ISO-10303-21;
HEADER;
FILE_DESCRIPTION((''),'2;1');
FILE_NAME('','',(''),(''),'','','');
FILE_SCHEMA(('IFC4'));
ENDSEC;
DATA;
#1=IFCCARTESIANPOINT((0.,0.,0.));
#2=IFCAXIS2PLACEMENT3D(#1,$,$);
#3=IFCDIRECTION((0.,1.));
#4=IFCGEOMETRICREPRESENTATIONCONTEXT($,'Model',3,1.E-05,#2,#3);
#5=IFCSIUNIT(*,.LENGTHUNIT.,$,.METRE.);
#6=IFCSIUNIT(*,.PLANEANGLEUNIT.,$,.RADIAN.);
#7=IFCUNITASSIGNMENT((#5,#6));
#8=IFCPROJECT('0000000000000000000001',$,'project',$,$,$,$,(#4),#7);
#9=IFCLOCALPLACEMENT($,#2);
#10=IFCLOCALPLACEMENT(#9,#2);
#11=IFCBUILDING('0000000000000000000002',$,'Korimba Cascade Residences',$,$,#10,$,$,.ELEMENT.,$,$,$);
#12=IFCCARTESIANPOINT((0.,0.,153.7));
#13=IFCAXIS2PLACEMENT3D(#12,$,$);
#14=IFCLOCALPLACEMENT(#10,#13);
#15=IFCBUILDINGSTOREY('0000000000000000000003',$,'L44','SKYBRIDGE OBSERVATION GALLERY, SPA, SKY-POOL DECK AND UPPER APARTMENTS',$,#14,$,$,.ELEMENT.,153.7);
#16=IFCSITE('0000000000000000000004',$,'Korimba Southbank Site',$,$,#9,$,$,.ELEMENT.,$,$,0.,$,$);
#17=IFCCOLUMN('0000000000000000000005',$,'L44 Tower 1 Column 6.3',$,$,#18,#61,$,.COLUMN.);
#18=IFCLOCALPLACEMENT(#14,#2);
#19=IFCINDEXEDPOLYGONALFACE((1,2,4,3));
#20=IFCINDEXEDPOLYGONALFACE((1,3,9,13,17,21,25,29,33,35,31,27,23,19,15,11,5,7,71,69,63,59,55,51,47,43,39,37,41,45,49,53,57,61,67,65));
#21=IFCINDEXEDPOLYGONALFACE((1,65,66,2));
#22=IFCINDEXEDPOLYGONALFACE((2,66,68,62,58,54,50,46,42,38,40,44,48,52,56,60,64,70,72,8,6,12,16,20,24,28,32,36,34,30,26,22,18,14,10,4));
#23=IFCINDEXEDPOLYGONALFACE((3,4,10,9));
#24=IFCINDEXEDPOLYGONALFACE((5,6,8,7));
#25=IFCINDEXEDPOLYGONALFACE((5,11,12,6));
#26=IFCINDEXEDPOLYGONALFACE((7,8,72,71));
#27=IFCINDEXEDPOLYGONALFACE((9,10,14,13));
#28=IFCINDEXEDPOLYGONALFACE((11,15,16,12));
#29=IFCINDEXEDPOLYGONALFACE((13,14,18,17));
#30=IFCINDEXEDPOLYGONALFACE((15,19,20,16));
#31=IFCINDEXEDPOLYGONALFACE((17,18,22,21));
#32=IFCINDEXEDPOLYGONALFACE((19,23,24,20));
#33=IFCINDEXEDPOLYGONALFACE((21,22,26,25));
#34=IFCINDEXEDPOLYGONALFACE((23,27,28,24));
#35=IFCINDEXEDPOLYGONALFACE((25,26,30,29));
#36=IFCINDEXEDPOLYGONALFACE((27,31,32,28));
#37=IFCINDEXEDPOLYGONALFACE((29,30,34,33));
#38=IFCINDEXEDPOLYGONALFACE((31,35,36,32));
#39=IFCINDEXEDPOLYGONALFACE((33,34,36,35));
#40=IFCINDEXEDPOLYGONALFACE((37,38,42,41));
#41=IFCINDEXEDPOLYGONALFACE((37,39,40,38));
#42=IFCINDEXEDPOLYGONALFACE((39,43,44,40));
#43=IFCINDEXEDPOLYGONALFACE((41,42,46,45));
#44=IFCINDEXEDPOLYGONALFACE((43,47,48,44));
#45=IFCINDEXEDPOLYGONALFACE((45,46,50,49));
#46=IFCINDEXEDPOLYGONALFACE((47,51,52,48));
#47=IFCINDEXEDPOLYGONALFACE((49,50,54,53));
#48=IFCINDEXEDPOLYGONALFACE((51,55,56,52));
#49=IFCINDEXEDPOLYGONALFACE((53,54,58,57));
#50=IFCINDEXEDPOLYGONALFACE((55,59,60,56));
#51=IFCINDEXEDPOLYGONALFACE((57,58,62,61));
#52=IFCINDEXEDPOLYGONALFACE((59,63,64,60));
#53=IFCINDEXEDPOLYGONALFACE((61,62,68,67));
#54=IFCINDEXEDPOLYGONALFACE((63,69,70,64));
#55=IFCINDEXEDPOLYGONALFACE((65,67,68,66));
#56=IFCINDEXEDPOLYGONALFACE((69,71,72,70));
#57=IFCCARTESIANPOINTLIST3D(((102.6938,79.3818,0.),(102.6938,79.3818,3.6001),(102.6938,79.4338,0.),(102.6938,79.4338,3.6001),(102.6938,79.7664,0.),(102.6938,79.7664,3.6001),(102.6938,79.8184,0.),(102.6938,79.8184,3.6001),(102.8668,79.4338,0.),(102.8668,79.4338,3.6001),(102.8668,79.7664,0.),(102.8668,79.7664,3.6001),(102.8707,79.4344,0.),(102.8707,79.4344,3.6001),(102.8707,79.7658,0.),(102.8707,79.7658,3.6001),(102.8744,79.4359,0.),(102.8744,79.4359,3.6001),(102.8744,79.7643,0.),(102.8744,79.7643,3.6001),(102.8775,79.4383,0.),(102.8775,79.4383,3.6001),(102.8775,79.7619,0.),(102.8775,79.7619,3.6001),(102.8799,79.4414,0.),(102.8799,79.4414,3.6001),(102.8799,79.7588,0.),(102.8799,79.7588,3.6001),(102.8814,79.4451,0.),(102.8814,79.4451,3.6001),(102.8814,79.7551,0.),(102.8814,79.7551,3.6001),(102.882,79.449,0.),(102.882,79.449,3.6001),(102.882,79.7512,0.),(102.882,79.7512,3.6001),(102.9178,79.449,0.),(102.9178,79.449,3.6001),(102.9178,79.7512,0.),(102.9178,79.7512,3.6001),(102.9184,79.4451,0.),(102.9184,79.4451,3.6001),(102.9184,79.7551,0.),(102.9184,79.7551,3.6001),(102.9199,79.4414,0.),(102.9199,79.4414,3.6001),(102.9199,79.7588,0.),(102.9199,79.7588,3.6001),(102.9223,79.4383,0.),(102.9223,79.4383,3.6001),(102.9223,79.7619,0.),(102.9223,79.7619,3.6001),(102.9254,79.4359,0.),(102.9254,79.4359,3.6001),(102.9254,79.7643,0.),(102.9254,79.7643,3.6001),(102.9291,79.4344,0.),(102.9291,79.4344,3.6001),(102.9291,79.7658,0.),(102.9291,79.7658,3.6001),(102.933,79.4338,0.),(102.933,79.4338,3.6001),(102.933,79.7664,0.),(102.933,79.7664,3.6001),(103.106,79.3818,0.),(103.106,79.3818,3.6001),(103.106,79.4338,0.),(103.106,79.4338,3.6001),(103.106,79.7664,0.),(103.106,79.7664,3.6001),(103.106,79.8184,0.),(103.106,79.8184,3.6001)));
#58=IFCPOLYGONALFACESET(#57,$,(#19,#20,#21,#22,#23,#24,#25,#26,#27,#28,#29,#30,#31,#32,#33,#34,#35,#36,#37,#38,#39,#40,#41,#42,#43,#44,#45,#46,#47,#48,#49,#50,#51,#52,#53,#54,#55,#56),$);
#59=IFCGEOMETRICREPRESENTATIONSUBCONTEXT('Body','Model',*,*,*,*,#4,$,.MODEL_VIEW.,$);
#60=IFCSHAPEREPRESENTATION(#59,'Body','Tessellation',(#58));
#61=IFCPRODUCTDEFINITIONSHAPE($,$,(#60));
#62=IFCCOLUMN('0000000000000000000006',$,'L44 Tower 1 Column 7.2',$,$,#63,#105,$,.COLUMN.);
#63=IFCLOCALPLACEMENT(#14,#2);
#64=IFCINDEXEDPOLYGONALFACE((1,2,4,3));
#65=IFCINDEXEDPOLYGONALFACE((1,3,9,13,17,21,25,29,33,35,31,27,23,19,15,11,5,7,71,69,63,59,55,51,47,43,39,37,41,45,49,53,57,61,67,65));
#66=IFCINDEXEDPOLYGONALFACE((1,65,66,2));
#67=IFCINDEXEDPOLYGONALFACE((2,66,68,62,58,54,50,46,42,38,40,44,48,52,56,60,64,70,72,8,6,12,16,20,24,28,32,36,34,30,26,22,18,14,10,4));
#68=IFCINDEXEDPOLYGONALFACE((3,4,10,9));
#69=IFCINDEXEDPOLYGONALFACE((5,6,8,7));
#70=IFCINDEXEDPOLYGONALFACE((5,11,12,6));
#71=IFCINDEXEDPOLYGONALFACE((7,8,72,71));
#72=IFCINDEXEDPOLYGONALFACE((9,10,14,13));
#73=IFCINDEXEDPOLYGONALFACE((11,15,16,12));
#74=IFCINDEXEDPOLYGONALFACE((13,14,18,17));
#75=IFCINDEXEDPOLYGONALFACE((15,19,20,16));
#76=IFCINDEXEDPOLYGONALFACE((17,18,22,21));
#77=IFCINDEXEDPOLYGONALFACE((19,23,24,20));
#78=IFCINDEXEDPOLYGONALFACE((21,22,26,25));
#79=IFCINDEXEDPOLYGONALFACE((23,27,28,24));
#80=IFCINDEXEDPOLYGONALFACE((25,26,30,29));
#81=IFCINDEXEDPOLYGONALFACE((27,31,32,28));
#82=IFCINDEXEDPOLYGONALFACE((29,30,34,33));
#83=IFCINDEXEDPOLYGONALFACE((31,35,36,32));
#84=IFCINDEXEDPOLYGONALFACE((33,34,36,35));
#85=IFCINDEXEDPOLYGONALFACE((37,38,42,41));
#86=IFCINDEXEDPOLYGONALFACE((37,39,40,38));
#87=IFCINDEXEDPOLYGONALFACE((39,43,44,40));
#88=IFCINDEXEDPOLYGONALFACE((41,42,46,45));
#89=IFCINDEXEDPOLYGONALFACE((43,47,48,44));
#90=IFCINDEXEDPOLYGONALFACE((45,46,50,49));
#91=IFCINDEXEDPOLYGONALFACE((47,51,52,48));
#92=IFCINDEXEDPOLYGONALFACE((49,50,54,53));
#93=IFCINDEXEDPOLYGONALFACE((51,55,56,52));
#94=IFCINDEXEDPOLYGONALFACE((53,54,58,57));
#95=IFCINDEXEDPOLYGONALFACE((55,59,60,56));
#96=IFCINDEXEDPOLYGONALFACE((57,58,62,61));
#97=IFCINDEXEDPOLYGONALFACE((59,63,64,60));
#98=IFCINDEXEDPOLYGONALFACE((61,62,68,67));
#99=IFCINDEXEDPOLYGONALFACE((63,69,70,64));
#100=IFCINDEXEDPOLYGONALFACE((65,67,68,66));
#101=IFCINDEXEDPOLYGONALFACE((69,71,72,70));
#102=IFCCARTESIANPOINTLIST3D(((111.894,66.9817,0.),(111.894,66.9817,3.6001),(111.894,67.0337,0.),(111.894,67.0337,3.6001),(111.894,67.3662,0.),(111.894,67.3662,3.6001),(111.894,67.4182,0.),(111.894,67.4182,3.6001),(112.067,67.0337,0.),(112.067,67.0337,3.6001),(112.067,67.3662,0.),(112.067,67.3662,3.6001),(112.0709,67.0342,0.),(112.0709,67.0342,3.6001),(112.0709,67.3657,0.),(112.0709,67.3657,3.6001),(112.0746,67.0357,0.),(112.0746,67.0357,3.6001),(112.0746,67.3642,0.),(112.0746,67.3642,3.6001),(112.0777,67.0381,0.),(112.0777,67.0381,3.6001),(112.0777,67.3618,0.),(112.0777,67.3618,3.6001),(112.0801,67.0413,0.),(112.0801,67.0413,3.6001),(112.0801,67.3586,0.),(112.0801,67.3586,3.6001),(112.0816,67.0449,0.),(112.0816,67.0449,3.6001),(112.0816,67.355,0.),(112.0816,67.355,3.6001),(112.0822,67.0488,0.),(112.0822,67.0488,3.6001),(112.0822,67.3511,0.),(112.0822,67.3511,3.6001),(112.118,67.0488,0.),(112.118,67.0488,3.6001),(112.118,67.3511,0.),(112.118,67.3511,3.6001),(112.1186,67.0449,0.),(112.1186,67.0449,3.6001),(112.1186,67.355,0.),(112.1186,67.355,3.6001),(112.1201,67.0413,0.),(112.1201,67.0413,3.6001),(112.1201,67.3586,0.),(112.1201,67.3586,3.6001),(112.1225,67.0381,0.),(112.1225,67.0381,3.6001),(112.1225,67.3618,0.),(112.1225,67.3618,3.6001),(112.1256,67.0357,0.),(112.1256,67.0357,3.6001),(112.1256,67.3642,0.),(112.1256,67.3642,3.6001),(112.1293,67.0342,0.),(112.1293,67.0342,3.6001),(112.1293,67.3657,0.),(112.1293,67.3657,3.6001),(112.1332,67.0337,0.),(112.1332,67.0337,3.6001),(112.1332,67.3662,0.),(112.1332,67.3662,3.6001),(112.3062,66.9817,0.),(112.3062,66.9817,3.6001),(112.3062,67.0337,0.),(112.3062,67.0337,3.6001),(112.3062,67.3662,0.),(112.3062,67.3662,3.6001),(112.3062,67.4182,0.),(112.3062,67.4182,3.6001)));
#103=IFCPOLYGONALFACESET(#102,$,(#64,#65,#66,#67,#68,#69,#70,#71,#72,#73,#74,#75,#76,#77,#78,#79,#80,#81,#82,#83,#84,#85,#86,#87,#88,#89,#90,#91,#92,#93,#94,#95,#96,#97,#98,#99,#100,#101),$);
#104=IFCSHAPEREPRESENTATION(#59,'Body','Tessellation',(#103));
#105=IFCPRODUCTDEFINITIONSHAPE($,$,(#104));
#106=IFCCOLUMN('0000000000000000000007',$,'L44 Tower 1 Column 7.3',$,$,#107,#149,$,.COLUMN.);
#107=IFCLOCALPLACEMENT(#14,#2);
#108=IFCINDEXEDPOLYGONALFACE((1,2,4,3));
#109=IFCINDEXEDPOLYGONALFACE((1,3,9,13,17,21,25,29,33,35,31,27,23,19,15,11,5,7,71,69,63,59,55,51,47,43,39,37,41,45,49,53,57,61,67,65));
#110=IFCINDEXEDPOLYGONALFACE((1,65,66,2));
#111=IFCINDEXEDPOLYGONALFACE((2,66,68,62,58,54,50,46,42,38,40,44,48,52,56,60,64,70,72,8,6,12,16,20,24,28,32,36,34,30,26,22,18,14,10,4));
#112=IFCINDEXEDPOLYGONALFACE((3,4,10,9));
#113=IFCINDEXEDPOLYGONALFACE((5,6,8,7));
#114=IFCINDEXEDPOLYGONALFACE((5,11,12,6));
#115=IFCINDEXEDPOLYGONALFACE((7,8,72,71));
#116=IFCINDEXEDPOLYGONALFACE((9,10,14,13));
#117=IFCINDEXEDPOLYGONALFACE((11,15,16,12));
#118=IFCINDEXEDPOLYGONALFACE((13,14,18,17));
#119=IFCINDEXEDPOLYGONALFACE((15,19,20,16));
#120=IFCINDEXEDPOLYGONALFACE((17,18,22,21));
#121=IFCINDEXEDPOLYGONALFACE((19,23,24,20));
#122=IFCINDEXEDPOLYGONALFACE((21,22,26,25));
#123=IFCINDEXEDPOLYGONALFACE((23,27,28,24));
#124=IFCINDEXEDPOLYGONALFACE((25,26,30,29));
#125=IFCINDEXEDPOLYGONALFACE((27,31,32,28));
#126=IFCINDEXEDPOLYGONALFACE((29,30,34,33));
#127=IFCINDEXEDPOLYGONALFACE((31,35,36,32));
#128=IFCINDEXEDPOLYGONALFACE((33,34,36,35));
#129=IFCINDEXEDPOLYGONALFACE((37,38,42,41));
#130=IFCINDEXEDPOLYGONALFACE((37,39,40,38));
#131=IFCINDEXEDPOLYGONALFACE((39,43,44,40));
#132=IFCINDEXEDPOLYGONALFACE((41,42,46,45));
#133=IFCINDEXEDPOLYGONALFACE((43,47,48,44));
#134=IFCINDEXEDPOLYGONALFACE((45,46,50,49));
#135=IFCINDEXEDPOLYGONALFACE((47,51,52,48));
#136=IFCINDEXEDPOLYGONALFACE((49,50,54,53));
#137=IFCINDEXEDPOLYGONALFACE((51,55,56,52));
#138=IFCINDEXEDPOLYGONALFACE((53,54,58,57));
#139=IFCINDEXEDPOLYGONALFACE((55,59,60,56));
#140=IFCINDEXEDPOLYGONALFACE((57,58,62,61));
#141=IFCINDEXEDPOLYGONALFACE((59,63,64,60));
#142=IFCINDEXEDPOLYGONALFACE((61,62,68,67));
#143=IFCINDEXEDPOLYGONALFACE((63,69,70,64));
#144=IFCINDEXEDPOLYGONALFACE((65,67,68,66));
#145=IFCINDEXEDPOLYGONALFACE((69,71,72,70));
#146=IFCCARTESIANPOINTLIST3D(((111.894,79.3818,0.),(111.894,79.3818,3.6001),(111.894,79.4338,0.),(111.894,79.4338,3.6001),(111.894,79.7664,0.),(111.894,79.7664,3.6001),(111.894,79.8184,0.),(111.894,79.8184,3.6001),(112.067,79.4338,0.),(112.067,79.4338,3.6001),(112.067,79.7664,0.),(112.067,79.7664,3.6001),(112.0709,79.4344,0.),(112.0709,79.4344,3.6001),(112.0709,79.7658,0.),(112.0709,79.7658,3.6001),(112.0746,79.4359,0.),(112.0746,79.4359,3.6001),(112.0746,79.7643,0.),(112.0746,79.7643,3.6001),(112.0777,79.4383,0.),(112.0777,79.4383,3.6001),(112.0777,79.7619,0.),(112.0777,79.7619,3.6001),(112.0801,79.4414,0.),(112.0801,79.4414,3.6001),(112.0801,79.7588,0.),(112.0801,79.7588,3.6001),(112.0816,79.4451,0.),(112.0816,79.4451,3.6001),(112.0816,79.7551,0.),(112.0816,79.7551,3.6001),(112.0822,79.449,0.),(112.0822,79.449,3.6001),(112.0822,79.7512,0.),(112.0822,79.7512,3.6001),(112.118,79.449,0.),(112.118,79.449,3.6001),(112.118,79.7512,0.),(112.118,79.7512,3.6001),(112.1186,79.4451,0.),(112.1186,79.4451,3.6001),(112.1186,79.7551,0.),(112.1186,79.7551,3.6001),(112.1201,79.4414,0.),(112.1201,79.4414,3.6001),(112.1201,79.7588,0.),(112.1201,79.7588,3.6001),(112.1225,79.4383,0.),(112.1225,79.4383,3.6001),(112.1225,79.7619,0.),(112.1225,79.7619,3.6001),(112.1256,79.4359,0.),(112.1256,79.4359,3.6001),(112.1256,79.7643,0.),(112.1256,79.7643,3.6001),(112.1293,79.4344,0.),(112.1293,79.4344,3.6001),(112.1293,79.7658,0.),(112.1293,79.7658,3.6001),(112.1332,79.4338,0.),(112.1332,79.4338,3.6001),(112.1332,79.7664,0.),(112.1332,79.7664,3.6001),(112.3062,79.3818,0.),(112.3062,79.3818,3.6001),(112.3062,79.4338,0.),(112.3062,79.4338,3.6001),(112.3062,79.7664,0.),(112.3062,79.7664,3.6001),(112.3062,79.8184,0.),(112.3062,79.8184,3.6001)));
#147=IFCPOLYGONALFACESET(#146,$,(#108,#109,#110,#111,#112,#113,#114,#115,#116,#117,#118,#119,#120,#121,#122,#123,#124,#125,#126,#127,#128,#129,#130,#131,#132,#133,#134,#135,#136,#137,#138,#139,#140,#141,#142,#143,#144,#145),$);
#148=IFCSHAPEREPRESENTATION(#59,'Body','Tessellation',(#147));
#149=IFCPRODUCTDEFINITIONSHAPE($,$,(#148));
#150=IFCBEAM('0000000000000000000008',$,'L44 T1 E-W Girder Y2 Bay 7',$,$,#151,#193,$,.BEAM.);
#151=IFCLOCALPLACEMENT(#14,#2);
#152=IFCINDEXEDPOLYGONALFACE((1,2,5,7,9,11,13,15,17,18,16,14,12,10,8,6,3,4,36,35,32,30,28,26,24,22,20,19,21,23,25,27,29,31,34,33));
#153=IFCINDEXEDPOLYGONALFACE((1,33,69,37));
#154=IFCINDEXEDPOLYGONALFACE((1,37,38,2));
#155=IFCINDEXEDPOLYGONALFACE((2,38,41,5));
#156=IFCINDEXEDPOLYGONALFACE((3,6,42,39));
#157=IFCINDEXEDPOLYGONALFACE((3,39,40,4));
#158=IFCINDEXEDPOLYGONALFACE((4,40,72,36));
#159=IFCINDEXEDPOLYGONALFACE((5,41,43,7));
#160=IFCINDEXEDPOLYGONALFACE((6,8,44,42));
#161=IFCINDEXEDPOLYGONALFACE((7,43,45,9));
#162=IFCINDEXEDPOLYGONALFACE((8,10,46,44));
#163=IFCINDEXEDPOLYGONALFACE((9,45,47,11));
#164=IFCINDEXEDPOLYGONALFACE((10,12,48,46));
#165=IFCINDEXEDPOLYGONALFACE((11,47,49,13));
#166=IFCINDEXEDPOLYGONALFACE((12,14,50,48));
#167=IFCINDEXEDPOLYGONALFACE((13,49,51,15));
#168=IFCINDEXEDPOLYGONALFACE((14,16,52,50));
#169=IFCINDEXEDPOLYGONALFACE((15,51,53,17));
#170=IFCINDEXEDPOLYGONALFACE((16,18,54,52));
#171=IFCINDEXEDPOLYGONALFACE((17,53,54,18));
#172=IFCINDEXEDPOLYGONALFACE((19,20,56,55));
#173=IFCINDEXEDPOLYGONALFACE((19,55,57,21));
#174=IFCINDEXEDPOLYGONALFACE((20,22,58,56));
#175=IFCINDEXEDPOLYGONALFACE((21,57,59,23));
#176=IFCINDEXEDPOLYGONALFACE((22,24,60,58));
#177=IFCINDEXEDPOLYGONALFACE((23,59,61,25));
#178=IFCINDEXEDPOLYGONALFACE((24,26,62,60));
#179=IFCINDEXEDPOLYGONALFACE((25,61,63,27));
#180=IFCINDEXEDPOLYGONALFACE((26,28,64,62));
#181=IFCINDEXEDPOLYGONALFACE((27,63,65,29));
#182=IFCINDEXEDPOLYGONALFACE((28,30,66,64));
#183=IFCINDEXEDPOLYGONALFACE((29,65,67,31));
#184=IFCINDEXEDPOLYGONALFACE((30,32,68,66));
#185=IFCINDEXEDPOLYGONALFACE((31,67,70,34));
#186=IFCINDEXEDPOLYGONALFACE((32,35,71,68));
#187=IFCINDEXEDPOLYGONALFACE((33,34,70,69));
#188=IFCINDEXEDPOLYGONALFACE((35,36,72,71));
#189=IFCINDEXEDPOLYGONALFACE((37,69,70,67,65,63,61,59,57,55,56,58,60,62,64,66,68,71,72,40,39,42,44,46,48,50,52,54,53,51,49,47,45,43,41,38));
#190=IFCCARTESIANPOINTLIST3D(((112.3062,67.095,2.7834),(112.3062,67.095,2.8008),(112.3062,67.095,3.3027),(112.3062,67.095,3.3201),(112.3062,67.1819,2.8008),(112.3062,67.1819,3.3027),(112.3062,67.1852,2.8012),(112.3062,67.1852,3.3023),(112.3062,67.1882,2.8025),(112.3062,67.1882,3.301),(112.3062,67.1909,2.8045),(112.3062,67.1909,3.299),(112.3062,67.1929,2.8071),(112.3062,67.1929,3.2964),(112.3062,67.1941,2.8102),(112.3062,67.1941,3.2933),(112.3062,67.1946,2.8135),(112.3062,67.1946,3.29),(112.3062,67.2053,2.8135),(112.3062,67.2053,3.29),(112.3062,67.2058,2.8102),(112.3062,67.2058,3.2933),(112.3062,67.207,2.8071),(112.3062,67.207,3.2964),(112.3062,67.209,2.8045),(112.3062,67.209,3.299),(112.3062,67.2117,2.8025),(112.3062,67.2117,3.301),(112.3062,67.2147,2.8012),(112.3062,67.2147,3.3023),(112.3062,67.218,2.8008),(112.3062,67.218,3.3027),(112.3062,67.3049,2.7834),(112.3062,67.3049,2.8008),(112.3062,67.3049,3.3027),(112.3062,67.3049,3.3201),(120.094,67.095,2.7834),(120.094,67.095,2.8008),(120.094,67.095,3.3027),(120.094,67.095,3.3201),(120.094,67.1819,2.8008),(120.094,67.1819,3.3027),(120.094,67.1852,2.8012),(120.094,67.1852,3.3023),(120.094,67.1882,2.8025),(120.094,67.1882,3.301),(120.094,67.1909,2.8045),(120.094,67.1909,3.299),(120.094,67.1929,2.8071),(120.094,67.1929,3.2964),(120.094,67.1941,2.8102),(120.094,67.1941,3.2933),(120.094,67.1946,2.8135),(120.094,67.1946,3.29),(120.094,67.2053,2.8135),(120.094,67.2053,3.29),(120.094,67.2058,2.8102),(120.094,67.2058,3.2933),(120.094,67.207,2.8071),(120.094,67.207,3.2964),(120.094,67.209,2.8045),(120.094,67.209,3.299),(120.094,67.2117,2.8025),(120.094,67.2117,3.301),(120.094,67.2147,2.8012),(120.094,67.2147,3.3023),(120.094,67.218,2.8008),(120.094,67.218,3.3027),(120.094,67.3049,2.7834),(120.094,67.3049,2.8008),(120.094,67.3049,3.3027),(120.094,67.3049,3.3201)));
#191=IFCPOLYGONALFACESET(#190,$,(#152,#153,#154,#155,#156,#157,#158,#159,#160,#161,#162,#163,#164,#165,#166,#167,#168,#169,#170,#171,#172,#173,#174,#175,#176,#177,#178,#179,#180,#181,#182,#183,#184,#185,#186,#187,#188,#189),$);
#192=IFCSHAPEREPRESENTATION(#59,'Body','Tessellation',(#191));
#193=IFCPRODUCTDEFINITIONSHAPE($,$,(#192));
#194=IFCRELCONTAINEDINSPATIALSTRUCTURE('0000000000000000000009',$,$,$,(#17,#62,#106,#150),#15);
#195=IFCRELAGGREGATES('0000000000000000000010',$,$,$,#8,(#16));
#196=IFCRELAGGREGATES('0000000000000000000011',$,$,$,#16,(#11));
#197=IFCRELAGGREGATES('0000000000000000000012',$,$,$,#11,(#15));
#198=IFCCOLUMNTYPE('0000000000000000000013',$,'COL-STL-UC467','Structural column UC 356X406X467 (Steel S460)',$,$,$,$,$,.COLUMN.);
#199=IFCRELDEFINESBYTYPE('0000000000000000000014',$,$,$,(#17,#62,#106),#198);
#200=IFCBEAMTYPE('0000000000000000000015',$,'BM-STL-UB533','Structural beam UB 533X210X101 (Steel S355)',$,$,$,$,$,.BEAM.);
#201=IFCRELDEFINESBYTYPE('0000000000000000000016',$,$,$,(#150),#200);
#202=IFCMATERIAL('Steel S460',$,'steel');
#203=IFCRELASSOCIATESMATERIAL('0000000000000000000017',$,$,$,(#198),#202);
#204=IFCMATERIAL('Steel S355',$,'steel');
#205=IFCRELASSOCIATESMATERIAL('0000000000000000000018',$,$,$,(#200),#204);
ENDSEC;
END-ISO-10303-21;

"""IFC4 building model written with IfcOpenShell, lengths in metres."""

from ifc_helpers import new_model, si_unit, direction, frame, origin, origin_2d, place, context, subcontext, project, spatial, i_section, extrude, material, material_profile, profile_set, type_object, element, save


model = new_model("IFC4")

# Units and contexts
model_context = context("Model", 3, precision=1e-05, world=origin(), true_north=direction((0.0, 1.0)))
body_context = subcontext(model_context, "Body", "Model", "MODEL_VIEW")
ifc_project = project(units=[si_unit("LENGTHUNIT", "METRE"), si_unit("PLANEANGLEUNIT", "RADIAN")], contexts=[model_context])

# Site, building, storey
site_placement = place(None, origin())
site = spatial("IfcSite", under=ifc_project, at=site_placement, Name="Korimba Southbank Site", CompositionType="ELEMENT", RefElevation=0.0)
building_placement = place(site_placement, origin())
building = spatial("IfcBuilding", under=site, at=building_placement, Name="Korimba Cascade Residences", CompositionType="ELEMENT")
storey_placement = place(building_placement, frame((0.0, 0.0, 153.7)))
storey = spatial("IfcBuildingStorey", under=building, at=storey_placement, Name="L44", Description="SKYBRIDGE OBSERVATION GALLERY, SPA, SKY-POOL DECK AND UPPER APARTMENTS", CompositionType="ELEMENT", Elevation=153.7)

# Columns
ifc_material_1 = material(Name="Steel S460", Category="steel")
ifc_material_profile_1 = material_profile(ifc_material_1, i_section(OverallWidth=0.4121, OverallDepth=0.4365, WebThickness=0.0359, FlangeThickness=0.052, FilletRadius=0.0151, at=origin_2d()), Name="Steel S460")
ifc_profile_set_1 = profile_set([ifc_material_profile_1], Name="Steel S460")
column_type = type_object("IfcColumnType", Name="COL-STL-UC467", Description="Structural column UC 356X406X467 (Steel S460)", PredefinedType="COLUMN", material=ifc_profile_set_1)
for number, where, z_axis, x_axis, name in (
    (1, (102.8999, 79.6001, 0.0), (0.0, 0.0, 1.0), (1.0, 0.0, 0.0), "L44 Tower 1 Column 6.3"),
    (2, (112.1001, 67.2, 0.0), (0.0, 0.0, 1.0), (1.0, 0.0, 0.0), "L44 Tower 1 Column 7.2"),
    (3, (112.1001, 79.6001, 0.0), (0.0, 0.0, 1.0), (1.0, 0.0, 0.0), "L44 Tower 1 Column 7.3"),
):
    element("IfcColumn", number, at=place(storey_placement, frame(where, z_axis=z_axis, x_axis=x_axis)), inside=storey, type_object=column_type, Name=name, PredefinedType="COLUMN", context=body_context, shape_type="SweptSolid", body=[
        extrude(i_section(OverallWidth=0.4121, OverallDepth=0.4365, WebThickness=0.0359, FlangeThickness=0.052, FilletRadius=0.0151, at=origin_2d()), origin(), (0.0, 0.0, 1.0), 3.6001),
    ])

# Beam
ifc_material_2 = material(Name="Steel S355", Category="steel")
ifc_material_profile_2 = material_profile(ifc_material_2, i_section(OverallWidth=0.21, OverallDepth=0.5366, WebThickness=0.0107, FlangeThickness=0.0173, FilletRadius=0.0127, at=origin_2d()), Name="Steel S355")
ifc_profile_set_2 = profile_set([ifc_material_profile_2], Name="Steel S355")
beam_type_1 = type_object("IfcBeamType", Name="BM-STL-UB533", Description="Structural beam UB 533X210X101 (Steel S355)", PredefinedType="BEAM", material=ifc_profile_set_2)
beam_1_placement = place(storey_placement, frame((112.3062, 67.2, 3.0518), z_axis=(1.0, 0.0, 0.0), x_axis=(0.0, 1.0, 0.0)))
element("IfcBeam", 4, at=beam_1_placement, inside=storey, type_object=beam_type_1, Name="L44 T1 E-W Girder Y2 Bay 7", PredefinedType="BEAM", context=body_context, shape_type="SweptSolid", body=[
    extrude(i_section(OverallWidth=0.21, OverallDepth=0.5366, WebThickness=0.0107, FlangeThickness=0.0173, FilletRadius=0.0127, at=origin_2d()), origin(), (0.0, 0.0, 1.0), 7.7878),
])

save(model, "model.ifc")
